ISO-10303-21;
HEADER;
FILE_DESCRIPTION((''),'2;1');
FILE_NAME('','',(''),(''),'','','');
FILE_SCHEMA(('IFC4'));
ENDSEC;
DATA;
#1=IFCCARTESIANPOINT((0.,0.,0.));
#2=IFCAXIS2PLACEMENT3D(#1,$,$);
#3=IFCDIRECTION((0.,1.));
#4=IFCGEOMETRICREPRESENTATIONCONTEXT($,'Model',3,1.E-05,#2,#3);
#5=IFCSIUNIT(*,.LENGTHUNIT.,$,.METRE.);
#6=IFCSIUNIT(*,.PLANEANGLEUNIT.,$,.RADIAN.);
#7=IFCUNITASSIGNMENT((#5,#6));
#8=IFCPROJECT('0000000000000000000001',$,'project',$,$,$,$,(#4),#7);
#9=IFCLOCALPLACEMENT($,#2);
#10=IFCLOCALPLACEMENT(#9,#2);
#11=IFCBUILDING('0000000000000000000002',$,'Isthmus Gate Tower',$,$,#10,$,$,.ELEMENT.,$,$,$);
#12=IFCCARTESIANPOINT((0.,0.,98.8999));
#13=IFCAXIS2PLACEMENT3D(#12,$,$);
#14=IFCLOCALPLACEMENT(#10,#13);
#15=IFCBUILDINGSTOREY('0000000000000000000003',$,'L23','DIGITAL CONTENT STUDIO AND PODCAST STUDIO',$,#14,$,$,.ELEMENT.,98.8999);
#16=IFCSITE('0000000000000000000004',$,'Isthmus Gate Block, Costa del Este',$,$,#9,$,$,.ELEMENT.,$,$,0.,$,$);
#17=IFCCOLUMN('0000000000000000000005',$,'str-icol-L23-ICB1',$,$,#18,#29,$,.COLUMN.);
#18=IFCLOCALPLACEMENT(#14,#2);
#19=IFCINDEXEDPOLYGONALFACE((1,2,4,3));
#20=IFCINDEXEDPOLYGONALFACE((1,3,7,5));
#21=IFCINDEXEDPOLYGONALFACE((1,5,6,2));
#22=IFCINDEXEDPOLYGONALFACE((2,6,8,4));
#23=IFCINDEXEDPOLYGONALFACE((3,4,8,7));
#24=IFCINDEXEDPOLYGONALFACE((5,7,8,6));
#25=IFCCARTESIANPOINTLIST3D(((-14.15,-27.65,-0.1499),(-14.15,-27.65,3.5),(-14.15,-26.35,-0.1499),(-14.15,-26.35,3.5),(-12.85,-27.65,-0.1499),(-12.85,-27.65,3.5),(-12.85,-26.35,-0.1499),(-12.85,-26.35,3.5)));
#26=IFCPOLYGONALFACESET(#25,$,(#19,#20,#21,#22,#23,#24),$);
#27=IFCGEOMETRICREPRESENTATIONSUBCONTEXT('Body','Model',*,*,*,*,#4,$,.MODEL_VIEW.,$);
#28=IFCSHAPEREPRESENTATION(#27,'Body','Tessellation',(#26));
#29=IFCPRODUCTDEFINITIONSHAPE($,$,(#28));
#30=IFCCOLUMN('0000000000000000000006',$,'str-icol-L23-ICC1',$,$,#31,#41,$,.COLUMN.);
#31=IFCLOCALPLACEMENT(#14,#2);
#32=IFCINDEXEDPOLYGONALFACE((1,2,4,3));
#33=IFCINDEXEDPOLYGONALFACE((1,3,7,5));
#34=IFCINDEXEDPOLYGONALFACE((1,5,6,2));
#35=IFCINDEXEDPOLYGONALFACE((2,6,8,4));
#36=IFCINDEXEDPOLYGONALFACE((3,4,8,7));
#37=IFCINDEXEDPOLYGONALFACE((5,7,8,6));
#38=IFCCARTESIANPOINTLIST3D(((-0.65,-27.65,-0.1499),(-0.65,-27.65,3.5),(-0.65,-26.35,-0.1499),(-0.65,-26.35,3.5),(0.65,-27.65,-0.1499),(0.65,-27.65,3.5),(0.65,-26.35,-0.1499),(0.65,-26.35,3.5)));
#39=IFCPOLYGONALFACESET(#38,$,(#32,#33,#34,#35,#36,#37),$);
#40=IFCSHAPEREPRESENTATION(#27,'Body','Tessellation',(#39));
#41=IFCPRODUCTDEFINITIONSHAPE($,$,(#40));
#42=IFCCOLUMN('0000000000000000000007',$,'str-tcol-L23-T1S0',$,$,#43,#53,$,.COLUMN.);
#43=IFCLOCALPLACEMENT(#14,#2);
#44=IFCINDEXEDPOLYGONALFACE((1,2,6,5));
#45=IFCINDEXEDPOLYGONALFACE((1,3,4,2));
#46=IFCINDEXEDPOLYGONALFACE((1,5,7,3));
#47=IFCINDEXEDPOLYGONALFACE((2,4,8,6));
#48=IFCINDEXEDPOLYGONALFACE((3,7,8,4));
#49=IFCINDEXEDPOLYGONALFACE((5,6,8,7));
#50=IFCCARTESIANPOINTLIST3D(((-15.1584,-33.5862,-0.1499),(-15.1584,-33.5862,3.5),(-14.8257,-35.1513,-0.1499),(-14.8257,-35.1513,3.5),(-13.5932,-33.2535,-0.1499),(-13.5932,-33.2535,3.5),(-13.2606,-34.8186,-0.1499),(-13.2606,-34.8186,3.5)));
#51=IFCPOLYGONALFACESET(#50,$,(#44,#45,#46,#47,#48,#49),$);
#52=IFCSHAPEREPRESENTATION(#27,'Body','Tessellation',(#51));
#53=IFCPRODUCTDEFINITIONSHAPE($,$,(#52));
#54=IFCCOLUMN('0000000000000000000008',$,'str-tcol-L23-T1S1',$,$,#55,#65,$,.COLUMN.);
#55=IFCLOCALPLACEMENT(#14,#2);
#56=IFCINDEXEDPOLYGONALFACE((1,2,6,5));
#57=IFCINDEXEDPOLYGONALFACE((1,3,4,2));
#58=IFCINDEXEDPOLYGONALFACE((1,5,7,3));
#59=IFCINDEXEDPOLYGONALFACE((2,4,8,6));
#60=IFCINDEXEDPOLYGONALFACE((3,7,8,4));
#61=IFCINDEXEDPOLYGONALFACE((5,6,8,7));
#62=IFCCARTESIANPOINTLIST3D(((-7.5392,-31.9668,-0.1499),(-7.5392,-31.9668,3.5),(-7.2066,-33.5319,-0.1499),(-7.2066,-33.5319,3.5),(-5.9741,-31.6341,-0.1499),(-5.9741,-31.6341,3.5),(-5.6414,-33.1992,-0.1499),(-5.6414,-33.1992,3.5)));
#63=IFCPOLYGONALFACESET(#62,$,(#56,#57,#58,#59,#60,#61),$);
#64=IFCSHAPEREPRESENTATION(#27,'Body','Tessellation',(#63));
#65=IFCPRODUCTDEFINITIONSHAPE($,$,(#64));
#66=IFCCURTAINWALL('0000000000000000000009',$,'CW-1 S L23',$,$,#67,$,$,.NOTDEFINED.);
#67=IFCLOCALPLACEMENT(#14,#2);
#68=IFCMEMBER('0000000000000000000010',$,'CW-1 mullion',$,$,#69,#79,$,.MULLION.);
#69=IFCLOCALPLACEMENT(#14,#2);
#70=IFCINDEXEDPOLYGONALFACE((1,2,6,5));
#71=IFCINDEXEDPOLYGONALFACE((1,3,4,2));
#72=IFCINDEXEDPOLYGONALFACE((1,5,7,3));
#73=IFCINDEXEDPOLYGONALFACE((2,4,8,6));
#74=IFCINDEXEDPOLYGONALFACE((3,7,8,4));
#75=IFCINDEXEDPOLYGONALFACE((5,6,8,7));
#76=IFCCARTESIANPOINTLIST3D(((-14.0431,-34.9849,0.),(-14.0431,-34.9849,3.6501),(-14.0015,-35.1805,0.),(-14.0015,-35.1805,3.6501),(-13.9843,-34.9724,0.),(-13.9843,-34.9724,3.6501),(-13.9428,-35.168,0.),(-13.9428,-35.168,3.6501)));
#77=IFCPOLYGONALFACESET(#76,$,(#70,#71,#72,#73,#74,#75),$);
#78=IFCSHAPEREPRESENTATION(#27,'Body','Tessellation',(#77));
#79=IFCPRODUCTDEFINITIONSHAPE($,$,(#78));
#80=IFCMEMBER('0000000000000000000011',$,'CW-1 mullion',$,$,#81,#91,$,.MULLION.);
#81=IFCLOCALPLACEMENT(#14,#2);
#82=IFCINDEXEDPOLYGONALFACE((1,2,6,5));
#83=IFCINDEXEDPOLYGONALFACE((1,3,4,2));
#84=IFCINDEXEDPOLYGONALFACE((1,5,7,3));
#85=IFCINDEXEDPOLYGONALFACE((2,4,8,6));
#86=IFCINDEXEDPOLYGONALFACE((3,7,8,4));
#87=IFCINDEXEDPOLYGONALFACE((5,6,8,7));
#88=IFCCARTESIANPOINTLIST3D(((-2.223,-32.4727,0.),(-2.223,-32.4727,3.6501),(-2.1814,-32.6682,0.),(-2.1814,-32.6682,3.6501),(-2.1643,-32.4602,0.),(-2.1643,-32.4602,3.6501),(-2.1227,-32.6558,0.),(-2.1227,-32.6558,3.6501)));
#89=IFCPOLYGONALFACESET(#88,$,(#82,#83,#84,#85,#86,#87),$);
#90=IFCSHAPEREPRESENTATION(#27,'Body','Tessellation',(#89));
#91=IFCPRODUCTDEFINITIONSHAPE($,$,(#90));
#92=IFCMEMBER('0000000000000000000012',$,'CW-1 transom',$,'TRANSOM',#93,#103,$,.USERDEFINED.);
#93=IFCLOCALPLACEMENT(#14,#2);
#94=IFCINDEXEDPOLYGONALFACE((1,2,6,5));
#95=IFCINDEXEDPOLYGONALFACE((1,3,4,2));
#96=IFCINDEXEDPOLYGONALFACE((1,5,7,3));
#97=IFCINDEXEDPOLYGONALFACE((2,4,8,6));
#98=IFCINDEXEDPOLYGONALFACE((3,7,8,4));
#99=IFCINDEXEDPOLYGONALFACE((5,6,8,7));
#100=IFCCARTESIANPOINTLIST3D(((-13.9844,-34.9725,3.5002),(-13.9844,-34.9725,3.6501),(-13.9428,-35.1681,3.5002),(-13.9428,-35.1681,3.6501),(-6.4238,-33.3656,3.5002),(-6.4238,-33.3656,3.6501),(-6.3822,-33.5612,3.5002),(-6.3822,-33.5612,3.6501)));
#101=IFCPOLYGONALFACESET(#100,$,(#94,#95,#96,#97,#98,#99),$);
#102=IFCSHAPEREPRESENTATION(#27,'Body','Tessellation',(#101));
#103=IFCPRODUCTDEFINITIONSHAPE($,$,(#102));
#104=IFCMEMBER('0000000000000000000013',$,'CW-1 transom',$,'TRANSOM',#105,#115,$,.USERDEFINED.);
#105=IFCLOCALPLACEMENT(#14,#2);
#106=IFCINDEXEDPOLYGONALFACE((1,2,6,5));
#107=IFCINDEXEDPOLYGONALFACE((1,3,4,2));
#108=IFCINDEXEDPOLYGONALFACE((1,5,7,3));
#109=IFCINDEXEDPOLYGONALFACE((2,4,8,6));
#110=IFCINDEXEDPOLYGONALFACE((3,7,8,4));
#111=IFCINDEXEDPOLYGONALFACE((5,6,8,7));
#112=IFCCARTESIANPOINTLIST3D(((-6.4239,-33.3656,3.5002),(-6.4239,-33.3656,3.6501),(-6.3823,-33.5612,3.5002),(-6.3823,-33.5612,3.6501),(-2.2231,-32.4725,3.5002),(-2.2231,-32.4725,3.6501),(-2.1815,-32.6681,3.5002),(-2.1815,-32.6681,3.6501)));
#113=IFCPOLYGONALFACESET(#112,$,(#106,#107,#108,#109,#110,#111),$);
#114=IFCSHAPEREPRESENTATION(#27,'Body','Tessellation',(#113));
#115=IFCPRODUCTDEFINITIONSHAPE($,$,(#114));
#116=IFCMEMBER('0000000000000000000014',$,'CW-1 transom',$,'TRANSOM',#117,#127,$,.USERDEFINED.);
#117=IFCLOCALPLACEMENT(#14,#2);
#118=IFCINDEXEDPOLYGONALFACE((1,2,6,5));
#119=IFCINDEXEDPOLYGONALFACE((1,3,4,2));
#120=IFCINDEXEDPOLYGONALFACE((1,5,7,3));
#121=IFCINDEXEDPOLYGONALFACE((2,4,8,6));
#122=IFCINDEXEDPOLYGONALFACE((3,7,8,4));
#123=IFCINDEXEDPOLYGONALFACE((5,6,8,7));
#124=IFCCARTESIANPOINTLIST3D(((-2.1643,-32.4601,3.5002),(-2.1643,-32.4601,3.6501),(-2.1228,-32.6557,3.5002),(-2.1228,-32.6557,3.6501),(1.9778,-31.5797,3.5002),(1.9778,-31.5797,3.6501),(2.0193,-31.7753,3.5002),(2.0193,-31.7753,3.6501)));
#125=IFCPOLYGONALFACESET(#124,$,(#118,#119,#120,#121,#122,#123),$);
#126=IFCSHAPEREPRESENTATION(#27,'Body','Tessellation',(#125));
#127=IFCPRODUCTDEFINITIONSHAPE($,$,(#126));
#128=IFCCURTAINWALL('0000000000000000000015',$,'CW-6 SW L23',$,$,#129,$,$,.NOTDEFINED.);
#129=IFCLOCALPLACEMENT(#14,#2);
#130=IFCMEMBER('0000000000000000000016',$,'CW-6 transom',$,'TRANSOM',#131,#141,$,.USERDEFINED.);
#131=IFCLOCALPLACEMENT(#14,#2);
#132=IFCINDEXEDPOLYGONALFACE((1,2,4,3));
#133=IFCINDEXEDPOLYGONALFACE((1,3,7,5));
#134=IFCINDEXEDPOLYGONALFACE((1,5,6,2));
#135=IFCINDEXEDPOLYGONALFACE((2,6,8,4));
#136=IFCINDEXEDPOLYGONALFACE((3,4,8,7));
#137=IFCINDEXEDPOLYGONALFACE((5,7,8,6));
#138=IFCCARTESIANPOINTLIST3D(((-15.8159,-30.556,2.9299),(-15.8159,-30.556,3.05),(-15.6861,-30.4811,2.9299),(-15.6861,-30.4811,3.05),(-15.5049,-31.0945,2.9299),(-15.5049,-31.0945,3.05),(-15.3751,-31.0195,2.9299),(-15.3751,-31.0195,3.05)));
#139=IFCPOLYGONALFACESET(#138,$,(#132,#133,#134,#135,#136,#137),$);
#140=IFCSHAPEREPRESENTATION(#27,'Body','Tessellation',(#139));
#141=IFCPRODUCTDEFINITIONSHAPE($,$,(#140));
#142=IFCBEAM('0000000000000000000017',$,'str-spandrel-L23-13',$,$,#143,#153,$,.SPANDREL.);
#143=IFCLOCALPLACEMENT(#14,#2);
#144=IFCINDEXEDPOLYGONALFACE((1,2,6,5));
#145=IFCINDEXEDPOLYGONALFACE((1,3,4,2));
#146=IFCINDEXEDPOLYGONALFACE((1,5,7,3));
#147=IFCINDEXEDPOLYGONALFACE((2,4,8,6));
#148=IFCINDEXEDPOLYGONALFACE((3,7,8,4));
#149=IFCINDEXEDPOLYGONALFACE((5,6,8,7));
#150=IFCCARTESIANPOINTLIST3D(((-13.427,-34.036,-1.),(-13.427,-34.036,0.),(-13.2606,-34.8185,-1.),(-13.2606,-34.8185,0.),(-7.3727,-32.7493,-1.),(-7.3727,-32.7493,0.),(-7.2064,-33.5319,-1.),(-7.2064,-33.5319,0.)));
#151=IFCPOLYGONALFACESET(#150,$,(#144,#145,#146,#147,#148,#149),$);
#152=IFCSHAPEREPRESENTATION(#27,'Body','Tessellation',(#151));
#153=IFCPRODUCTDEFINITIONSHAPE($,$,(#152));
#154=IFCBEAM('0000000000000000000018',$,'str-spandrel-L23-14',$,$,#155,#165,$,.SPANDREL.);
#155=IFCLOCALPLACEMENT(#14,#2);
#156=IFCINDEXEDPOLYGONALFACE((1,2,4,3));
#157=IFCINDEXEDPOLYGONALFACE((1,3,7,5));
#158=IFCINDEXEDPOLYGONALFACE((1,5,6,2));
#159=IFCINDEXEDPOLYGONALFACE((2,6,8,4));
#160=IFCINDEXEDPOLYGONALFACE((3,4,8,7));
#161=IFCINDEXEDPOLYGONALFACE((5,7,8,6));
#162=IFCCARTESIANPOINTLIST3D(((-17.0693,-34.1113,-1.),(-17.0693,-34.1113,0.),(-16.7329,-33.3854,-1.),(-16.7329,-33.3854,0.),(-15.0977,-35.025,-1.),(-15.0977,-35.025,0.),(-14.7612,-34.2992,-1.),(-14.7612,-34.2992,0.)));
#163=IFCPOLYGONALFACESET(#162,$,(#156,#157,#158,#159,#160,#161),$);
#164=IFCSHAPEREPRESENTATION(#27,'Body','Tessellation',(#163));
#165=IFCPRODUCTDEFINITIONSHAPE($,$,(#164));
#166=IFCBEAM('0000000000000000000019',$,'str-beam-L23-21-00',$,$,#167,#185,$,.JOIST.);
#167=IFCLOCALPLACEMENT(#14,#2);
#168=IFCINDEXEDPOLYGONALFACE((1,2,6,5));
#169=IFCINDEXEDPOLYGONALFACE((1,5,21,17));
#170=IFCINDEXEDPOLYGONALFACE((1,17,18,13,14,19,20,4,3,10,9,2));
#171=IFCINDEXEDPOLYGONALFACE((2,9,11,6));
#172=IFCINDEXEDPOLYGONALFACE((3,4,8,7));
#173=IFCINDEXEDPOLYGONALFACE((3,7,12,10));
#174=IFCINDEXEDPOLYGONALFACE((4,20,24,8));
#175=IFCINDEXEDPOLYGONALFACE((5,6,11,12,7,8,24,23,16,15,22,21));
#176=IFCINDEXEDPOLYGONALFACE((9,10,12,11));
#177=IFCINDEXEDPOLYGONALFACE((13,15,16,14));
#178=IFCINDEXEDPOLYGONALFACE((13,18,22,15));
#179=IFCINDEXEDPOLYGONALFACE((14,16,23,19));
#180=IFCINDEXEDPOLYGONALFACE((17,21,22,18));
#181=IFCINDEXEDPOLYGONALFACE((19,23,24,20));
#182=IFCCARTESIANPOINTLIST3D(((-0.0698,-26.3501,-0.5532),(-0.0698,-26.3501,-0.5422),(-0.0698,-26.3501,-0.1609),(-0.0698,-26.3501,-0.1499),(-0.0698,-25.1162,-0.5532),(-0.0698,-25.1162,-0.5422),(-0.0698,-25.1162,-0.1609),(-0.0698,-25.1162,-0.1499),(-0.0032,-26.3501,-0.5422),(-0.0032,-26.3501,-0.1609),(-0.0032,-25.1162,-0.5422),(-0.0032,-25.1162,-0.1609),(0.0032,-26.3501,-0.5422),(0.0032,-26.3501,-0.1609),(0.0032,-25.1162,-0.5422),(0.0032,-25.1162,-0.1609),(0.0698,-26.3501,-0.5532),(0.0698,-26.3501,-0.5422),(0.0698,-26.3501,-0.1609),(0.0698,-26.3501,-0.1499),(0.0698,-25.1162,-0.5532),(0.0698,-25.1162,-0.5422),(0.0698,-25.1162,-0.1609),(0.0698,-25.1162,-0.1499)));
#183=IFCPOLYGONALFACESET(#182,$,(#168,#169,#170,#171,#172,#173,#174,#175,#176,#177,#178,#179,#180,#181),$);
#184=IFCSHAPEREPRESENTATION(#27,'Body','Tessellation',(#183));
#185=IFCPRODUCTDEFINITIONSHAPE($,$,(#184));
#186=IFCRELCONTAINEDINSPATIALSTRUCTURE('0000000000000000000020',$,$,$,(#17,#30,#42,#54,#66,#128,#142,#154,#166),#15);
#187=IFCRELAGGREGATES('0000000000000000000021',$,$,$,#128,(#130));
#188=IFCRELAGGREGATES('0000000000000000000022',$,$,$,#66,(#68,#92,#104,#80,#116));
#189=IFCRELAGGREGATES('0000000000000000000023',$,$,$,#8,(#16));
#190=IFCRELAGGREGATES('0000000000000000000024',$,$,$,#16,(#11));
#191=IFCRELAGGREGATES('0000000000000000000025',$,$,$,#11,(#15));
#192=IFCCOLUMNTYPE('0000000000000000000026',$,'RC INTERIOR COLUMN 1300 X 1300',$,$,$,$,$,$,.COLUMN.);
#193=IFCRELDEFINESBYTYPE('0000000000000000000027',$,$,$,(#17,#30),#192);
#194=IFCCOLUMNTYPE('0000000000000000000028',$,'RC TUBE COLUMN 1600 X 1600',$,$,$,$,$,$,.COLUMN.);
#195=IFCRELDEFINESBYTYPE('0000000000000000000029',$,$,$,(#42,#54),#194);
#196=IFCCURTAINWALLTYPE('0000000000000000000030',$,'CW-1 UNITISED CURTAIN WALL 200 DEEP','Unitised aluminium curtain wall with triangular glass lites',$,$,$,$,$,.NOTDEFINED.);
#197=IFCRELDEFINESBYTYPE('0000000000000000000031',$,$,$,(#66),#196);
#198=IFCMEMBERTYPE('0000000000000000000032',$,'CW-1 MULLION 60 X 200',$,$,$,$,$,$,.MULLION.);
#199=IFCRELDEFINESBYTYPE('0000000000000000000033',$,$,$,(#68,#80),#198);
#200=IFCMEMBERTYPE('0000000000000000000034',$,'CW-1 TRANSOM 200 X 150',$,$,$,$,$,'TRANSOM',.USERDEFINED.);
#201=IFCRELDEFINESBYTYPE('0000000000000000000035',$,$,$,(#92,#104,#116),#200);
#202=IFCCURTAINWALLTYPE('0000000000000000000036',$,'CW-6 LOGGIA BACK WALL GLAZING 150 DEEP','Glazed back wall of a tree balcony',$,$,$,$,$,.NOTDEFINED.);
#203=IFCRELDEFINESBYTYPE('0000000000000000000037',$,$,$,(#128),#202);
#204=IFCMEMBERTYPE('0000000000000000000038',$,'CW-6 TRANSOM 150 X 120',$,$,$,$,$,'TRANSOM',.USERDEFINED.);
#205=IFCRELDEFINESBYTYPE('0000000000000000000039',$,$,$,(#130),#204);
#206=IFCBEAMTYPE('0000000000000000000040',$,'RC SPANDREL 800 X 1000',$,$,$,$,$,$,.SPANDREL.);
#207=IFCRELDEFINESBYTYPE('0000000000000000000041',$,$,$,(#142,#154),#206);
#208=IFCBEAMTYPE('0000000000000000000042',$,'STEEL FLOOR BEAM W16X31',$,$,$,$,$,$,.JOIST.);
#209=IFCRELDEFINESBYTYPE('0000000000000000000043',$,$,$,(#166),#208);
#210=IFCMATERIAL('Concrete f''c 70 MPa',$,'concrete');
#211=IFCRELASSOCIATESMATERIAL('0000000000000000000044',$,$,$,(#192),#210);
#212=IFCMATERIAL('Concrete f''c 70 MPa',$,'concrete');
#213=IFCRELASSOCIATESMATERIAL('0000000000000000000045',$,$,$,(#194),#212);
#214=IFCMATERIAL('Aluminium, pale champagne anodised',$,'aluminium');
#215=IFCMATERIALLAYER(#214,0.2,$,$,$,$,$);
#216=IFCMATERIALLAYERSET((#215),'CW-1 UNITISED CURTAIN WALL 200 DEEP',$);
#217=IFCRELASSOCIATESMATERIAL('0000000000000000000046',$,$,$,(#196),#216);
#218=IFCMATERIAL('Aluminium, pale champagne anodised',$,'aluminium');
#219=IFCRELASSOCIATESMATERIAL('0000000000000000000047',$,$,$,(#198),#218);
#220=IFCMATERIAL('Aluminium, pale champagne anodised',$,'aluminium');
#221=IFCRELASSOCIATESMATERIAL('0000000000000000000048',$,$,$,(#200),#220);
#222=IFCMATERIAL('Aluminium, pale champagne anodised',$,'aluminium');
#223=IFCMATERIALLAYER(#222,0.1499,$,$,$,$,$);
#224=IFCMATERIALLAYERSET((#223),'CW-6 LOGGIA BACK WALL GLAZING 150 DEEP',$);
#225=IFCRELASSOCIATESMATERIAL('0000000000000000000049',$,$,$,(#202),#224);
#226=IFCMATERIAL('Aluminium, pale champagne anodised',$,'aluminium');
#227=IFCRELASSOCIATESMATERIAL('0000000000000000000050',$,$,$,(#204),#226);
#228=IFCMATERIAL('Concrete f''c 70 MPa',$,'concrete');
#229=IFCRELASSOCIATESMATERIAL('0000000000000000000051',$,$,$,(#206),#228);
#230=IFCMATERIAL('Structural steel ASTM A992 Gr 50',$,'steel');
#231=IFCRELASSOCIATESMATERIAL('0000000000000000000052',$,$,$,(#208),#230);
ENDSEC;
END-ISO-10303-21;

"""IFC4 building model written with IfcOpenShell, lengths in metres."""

from ifc_helpers import new_model, si_unit, direction, frame, origin, origin_2d, place, context, subcontext, project, spatial, rectangle, i_section, extrude, material, layer, layer_set, material_profile, profile_set, type_object, element, aggregate, save


model = new_model("IFC4")

# Units and contexts
model_context = context("Model", 3, precision=1e-05, world=origin(), true_north=direction((0.0, 1.0)))
body_context = subcontext(model_context, "Body", "Model", "MODEL_VIEW")
ifc_project = project(units=[si_unit("LENGTHUNIT", "METRE"), si_unit("PLANEANGLEUNIT", "RADIAN")], contexts=[model_context])

# Site, building, storey
site_placement = place(None, origin())
site = spatial("IfcSite", under=ifc_project, at=site_placement, Name="Isthmus Gate Block, Costa del Este", CompositionType="ELEMENT", RefElevation=0.0)
building_placement = place(site_placement, origin())
building = spatial("IfcBuilding", under=site, at=building_placement, Name="Isthmus Gate Tower", CompositionType="ELEMENT")
storey_placement = place(building_placement, frame((0.0, 0.0, 98.8999)))
storey = spatial("IfcBuildingStorey", under=building, at=storey_placement, Name="L23", Description="DIGITAL CONTENT STUDIO AND PODCAST STUDIO", CompositionType="ELEMENT", Elevation=98.8999)

# Columns
ifc_material_1 = material(Name="Concrete f'c 70 MPa", Category="concrete")
ifc_material_profile_1 = material_profile(ifc_material_1, rectangle(XDim=1.3, YDim=1.3, at=origin_2d()), Name="RC 1300X1300")
ifc_profile_set_1 = profile_set([ifc_material_profile_1], Name="Concrete f'c 70 MPa")
column_type_1 = type_object("IfcColumnType", Name="RC INTERIOR COLUMN 1300 X 1300", PredefinedType="COLUMN", material=ifc_profile_set_1)
for number, where, z_axis, x_axis, name in (
    (1, (-13.5, -27.0, -0.1499), (0.0, 0.0, 1.0), (1.0, 0.0, 0.0), "str-icol-L23-ICB1"),
    (2, (0.0, -27.0, -0.1499), (0.0, 0.0, 1.0), (1.0, 0.0, 0.0), "str-icol-L23-ICC1"),
):
    element("IfcColumn", number, at=place(storey_placement, frame(where, z_axis=z_axis, x_axis=x_axis)), inside=storey, type_object=column_type_1, Name=name, PredefinedType="COLUMN", context=body_context, shape_type="SweptSolid", body=[
        extrude(rectangle(XDim=1.3, YDim=1.3, at=origin_2d()), origin(), (0.0, 0.0, 1.0), 3.6499),
    ])
ifc_material_2 = material(Name="Concrete f'c 70 MPa", Category="concrete")
ifc_material_profile_2 = material_profile(ifc_material_2, rectangle(XDim=1.6001, YDim=1.6001, at=origin_2d()), Name="RC 1600X1600")
ifc_profile_set_2 = profile_set([ifc_material_profile_2], Name="Concrete f'c 70 MPa")
column_type_2 = type_object("IfcColumnType", Name="RC TUBE COLUMN 1600 X 1600", PredefinedType="COLUMN", material=ifc_profile_set_2)
for number, where, z_axis, x_axis, name in (
    (3, (-14.2095, -34.2024, -0.1499), (0.0, 0.0, 1.0), (0.978148, 0.207912, 0.0), "str-tcol-L23-T1S0"),
    (4, (-6.5903, -32.583, -0.1499), (0.0, 0.0, 1.0), (0.978148, 0.207912, 0.0), "str-tcol-L23-T1S1"),
):
    element("IfcColumn", number, at=place(storey_placement, frame(where, z_axis=z_axis, x_axis=x_axis)), inside=storey, type_object=column_type_2, Name=name, PredefinedType="COLUMN", context=body_context, shape_type="SweptSolid", body=[
        extrude(rectangle(XDim=1.6001, YDim=1.6001, at=origin_2d()), origin(), (0.0, 0.0, 1.0), 3.6499),
    ])

# Curtain wall, members
ifc_material_3 = material(Name="Aluminium, pale champagne anodised", Category="aluminium")
ifc_layer_1 = layer(ifc_material_3, 0.2)
ifc_layer_set_1 = layer_set([ifc_layer_1], Name="CW-1 UNITISED CURTAIN WALL 200 DEEP")
curtain_wall_type_1 = type_object("IfcCurtainWallType", Name="CW-1 UNITISED CURTAIN WALL 200 DEEP", Description="Unitised aluminium curtain wall with triangular glass lites", PredefinedType="NOTDEFINED", material=ifc_layer_set_1)
curtain_wall_1_placement = place(storey_placement, origin())
curtain_wall_1 = element("IfcCurtainWall", 5, at=curtain_wall_1_placement, inside=storey, type_object=curtain_wall_type_1, Name="CW-1 S L23", PredefinedType="NOTDEFINED")
ifc_material_4 = material(Name="Aluminium, pale champagne anodised", Category="aluminium")
ifc_material_profile_3 = material_profile(ifc_material_4, rectangle(XDim=0.0601, YDim=0.2, at=origin_2d()), Name="60x200")
ifc_profile_set_3 = profile_set([ifc_material_profile_3], Name="Aluminium, pale champagne anodised")
member_type_1 = type_object("IfcMemberType", Name="CW-1 MULLION 60 X 200", PredefinedType="MULLION", material=ifc_profile_set_3)
member_1_placement = place(storey_placement, frame((-13.9929, -35.0764, 0.0), z_axis=(0.0, 0.0, 1.0), x_axis=(0.978148, 0.207912, 0.0)))
member_1 = element("IfcMember", 6, at=member_1_placement, type_object=member_type_1, Name="CW-1 mullion", PredefinedType="MULLION", context=body_context, shape_type="SweptSolid", body=[
    extrude(rectangle(XDim=0.0601, YDim=0.2, at=origin_2d()), origin(), (0.0, 0.0, 1.0), 3.6501),
])
member_2_placement = place(storey_placement, frame((-2.1729, -32.5642, 0.0), z_axis=(0.0, 0.0, 1.0), x_axis=(0.978148, 0.207912, 0.0)))
member_2 = element("IfcMember", 7, at=member_2_placement, type_object=member_type_1, Name="CW-1 mullion", PredefinedType="MULLION", context=body_context, shape_type="SweptSolid", body=[
    extrude(rectangle(XDim=0.0601, YDim=0.2, at=origin_2d()), origin(), (0.0, 0.0, 1.0), 3.6501),
])
ifc_material_5 = material(Name="Aluminium, pale champagne anodised", Category="aluminium")
ifc_material_profile_4 = material_profile(ifc_material_5, rectangle(XDim=0.2, YDim=0.1499, at=origin_2d()), Name="200x150")
ifc_profile_set_4 = profile_set([ifc_material_profile_4], Name="Aluminium, pale champagne anodised")
member_type_2 = type_object("IfcMemberType", Name="CW-1 TRANSOM 200 X 150", ElementType="TRANSOM", PredefinedType="USERDEFINED", material=ifc_profile_set_4)
member_3_placement = place(storey_placement, frame((-13.9636, -35.0703, 3.5752), z_axis=(0.978151, 0.207898, 0.0), x_axis=(-0.207898, 0.978151, 0.0)))
member_3 = element("IfcMember", 8, at=member_3_placement, type_object=member_type_2, Name="CW-1 transom", ObjectType="TRANSOM", PredefinedType="USERDEFINED", context=body_context, shape_type="SweptSolid", body=[
    extrude(rectangle(XDim=0.2, YDim=0.1499, at=origin_2d()), origin(), (0.0, 0.0, 1.0), 7.7295),
])
member_4_placement = place(storey_placement, frame((-6.4031, -33.4634, 3.5752), z_axis=(0.978139, 0.207953, 0.0), x_axis=(-0.207953, 0.978139, 0.0)))
member_4 = element("IfcMember", 9, at=member_4_placement, type_object=member_type_2, Name="CW-1 transom", ObjectType="TRANSOM", PredefinedType="USERDEFINED", context=body_context, shape_type="SweptSolid", body=[
    extrude(rectangle(XDim=0.2, YDim=0.1499, at=origin_2d()), origin(), (0.0, 0.0, 1.0), 4.2947),
])
member_5_placement = place(storey_placement, frame((-2.1436, -32.5579, 3.5752), z_axis=(0.97815, 0.207899, 0.0), x_axis=(-0.207899, 0.97815, 0.0)))
member_5 = element("IfcMember", 10, at=member_5_placement, type_object=member_type_2, Name="CW-1 transom", ObjectType="TRANSOM", PredefinedType="USERDEFINED", context=body_context, shape_type="SweptSolid", body=[
    extrude(rectangle(XDim=0.2, YDim=0.1499, at=origin_2d()), origin(), (0.0, 0.0, 1.0), 4.2346),
])

# Curtain wall, member
ifc_material_6 = material(Name="Aluminium, pale champagne anodised", Category="aluminium")
ifc_layer_2 = layer(ifc_material_6, 0.1499)
ifc_layer_set_2 = layer_set([ifc_layer_2], Name="CW-6 LOGGIA BACK WALL GLAZING 150 DEEP")
curtain_wall_type_2 = type_object("IfcCurtainWallType", Name="CW-6 LOGGIA BACK WALL GLAZING 150 DEEP", Description="Glazed back wall of a tree balcony", PredefinedType="NOTDEFINED", material=ifc_layer_set_2)
curtain_wall_2_placement = place(storey_placement, origin())
curtain_wall_2 = element("IfcCurtainWall", 11, at=curtain_wall_2_placement, inside=storey, type_object=curtain_wall_type_2, Name="CW-6 SW L23", PredefinedType="NOTDEFINED")
ifc_material_7 = material(Name="Aluminium, pale champagne anodised", Category="aluminium")
ifc_material_profile_5 = material_profile(ifc_material_7, rectangle(XDim=0.1499, YDim=0.1201, at=origin_2d()), Name="150x120")
ifc_profile_set_5 = profile_set([ifc_material_profile_5], Name="Aluminium, pale champagne anodised")
member_type_3 = type_object("IfcMemberType", Name="CW-6 TRANSOM 150 X 120", ElementType="TRANSOM", PredefinedType="USERDEFINED", material=ifc_profile_set_5)
member_6_placement = place(storey_placement, frame((-15.751, -30.5186, 2.99), z_axis=(0.500108, -0.865963, 0.0), x_axis=(0.865963, 0.500108, 0.0)))
member_6 = element("IfcMember", 12, at=member_6_placement, type_object=member_type_3, Name="CW-6 transom", ObjectType="TRANSOM", PredefinedType="USERDEFINED", context=body_context, shape_type="SweptSolid", body=[
    extrude(rectangle(XDim=0.1499, YDim=0.1201, at=origin_2d()), origin(), (0.0, 0.0, 1.0), 0.6218),
])

# Beams
ifc_material_8 = material(Name="Concrete f'c 70 MPa", Category="concrete")
ifc_material_profile_6 = material_profile(ifc_material_8, rectangle(XDim=0.8, YDim=1.0, at=origin_2d()), Name="RC 800X1000")
ifc_profile_set_6 = profile_set([ifc_material_profile_6], Name="Concrete f'c 70 MPa")
beam_type_1 = type_object("IfcBeamType", Name="RC SPANDREL 800 X 1000", PredefinedType="SPANDREL", material=ifc_profile_set_6)
beam_1_placement = place(storey_placement, frame((-7.2896, -33.1406, -0.5), z_axis=(-0.978155, -0.207875, 0.0), x_axis=(0.207875, -0.978155, 0.0)))
element("IfcBeam", 13, at=beam_1_placement, inside=storey, type_object=beam_type_1, Name="str-spandrel-L23-13", PredefinedType="SPANDREL", context=body_context, shape_type="SweptSolid", body=[
    extrude(rectangle(XDim=0.8, YDim=1.0, at=origin_2d()), origin(), (0.0, 0.0, 1.0), 6.1895),
])
beam_2_placement = place(storey_placement, frame((-14.9294, -34.6621, -0.5), z_axis=(-0.907291, 0.420504, 0.0), x_axis=(-0.420504, -0.907291, 0.0)))
element("IfcBeam", 14, at=beam_2_placement, inside=storey, type_object=beam_type_1, Name="str-spandrel-L23-14", PredefinedType="SPANDREL", context=body_context, shape_type="SweptSolid", body=[
    extrude(rectangle(XDim=0.8, YDim=1.0, at=origin_2d()), origin(), (0.0, 0.0, 1.0), 2.1731),
])
ifc_material_9 = material(Name="Structural steel ASTM A992 Gr 50", Category="steel")
ifc_material_profile_7 = material_profile(ifc_material_9, i_section(OverallWidth=0.1396, OverallDepth=0.4033, WebThickness=0.0063, FlangeThickness=0.011, at=origin_2d()), Name="W16X31")
ifc_profile_set_7 = profile_set([ifc_material_profile_7], Name="Structural steel ASTM A992 Gr 50")
beam_type_2 = type_object("IfcBeamType", Name="STEEL FLOOR BEAM W16X31", PredefinedType="JOIST", material=ifc_profile_set_7)
beam_3_placement = place(storey_placement, frame((0.0, -26.3501, -0.3516), z_axis=(0.0, 1.0, 0.0), x_axis=(-1.0, 0.0, 0.0)))
element("IfcBeam", 15, at=beam_3_placement, inside=storey, type_object=beam_type_2, Name="str-beam-L23-21-00", PredefinedType="JOIST", context=body_context, shape_type="SweptSolid", body=[
    extrude(i_section(OverallWidth=0.1396, OverallDepth=0.4033, WebThickness=0.0063, FlangeThickness=0.011, at=origin_2d()), origin(), (0.0, 0.0, 1.0), 1.2339),
])

aggregate(curtain_wall_2, [member_6])

aggregate(curtain_wall_1, [member_1, member_3, member_4, member_2, member_5])

save(model, "model.ifc")
